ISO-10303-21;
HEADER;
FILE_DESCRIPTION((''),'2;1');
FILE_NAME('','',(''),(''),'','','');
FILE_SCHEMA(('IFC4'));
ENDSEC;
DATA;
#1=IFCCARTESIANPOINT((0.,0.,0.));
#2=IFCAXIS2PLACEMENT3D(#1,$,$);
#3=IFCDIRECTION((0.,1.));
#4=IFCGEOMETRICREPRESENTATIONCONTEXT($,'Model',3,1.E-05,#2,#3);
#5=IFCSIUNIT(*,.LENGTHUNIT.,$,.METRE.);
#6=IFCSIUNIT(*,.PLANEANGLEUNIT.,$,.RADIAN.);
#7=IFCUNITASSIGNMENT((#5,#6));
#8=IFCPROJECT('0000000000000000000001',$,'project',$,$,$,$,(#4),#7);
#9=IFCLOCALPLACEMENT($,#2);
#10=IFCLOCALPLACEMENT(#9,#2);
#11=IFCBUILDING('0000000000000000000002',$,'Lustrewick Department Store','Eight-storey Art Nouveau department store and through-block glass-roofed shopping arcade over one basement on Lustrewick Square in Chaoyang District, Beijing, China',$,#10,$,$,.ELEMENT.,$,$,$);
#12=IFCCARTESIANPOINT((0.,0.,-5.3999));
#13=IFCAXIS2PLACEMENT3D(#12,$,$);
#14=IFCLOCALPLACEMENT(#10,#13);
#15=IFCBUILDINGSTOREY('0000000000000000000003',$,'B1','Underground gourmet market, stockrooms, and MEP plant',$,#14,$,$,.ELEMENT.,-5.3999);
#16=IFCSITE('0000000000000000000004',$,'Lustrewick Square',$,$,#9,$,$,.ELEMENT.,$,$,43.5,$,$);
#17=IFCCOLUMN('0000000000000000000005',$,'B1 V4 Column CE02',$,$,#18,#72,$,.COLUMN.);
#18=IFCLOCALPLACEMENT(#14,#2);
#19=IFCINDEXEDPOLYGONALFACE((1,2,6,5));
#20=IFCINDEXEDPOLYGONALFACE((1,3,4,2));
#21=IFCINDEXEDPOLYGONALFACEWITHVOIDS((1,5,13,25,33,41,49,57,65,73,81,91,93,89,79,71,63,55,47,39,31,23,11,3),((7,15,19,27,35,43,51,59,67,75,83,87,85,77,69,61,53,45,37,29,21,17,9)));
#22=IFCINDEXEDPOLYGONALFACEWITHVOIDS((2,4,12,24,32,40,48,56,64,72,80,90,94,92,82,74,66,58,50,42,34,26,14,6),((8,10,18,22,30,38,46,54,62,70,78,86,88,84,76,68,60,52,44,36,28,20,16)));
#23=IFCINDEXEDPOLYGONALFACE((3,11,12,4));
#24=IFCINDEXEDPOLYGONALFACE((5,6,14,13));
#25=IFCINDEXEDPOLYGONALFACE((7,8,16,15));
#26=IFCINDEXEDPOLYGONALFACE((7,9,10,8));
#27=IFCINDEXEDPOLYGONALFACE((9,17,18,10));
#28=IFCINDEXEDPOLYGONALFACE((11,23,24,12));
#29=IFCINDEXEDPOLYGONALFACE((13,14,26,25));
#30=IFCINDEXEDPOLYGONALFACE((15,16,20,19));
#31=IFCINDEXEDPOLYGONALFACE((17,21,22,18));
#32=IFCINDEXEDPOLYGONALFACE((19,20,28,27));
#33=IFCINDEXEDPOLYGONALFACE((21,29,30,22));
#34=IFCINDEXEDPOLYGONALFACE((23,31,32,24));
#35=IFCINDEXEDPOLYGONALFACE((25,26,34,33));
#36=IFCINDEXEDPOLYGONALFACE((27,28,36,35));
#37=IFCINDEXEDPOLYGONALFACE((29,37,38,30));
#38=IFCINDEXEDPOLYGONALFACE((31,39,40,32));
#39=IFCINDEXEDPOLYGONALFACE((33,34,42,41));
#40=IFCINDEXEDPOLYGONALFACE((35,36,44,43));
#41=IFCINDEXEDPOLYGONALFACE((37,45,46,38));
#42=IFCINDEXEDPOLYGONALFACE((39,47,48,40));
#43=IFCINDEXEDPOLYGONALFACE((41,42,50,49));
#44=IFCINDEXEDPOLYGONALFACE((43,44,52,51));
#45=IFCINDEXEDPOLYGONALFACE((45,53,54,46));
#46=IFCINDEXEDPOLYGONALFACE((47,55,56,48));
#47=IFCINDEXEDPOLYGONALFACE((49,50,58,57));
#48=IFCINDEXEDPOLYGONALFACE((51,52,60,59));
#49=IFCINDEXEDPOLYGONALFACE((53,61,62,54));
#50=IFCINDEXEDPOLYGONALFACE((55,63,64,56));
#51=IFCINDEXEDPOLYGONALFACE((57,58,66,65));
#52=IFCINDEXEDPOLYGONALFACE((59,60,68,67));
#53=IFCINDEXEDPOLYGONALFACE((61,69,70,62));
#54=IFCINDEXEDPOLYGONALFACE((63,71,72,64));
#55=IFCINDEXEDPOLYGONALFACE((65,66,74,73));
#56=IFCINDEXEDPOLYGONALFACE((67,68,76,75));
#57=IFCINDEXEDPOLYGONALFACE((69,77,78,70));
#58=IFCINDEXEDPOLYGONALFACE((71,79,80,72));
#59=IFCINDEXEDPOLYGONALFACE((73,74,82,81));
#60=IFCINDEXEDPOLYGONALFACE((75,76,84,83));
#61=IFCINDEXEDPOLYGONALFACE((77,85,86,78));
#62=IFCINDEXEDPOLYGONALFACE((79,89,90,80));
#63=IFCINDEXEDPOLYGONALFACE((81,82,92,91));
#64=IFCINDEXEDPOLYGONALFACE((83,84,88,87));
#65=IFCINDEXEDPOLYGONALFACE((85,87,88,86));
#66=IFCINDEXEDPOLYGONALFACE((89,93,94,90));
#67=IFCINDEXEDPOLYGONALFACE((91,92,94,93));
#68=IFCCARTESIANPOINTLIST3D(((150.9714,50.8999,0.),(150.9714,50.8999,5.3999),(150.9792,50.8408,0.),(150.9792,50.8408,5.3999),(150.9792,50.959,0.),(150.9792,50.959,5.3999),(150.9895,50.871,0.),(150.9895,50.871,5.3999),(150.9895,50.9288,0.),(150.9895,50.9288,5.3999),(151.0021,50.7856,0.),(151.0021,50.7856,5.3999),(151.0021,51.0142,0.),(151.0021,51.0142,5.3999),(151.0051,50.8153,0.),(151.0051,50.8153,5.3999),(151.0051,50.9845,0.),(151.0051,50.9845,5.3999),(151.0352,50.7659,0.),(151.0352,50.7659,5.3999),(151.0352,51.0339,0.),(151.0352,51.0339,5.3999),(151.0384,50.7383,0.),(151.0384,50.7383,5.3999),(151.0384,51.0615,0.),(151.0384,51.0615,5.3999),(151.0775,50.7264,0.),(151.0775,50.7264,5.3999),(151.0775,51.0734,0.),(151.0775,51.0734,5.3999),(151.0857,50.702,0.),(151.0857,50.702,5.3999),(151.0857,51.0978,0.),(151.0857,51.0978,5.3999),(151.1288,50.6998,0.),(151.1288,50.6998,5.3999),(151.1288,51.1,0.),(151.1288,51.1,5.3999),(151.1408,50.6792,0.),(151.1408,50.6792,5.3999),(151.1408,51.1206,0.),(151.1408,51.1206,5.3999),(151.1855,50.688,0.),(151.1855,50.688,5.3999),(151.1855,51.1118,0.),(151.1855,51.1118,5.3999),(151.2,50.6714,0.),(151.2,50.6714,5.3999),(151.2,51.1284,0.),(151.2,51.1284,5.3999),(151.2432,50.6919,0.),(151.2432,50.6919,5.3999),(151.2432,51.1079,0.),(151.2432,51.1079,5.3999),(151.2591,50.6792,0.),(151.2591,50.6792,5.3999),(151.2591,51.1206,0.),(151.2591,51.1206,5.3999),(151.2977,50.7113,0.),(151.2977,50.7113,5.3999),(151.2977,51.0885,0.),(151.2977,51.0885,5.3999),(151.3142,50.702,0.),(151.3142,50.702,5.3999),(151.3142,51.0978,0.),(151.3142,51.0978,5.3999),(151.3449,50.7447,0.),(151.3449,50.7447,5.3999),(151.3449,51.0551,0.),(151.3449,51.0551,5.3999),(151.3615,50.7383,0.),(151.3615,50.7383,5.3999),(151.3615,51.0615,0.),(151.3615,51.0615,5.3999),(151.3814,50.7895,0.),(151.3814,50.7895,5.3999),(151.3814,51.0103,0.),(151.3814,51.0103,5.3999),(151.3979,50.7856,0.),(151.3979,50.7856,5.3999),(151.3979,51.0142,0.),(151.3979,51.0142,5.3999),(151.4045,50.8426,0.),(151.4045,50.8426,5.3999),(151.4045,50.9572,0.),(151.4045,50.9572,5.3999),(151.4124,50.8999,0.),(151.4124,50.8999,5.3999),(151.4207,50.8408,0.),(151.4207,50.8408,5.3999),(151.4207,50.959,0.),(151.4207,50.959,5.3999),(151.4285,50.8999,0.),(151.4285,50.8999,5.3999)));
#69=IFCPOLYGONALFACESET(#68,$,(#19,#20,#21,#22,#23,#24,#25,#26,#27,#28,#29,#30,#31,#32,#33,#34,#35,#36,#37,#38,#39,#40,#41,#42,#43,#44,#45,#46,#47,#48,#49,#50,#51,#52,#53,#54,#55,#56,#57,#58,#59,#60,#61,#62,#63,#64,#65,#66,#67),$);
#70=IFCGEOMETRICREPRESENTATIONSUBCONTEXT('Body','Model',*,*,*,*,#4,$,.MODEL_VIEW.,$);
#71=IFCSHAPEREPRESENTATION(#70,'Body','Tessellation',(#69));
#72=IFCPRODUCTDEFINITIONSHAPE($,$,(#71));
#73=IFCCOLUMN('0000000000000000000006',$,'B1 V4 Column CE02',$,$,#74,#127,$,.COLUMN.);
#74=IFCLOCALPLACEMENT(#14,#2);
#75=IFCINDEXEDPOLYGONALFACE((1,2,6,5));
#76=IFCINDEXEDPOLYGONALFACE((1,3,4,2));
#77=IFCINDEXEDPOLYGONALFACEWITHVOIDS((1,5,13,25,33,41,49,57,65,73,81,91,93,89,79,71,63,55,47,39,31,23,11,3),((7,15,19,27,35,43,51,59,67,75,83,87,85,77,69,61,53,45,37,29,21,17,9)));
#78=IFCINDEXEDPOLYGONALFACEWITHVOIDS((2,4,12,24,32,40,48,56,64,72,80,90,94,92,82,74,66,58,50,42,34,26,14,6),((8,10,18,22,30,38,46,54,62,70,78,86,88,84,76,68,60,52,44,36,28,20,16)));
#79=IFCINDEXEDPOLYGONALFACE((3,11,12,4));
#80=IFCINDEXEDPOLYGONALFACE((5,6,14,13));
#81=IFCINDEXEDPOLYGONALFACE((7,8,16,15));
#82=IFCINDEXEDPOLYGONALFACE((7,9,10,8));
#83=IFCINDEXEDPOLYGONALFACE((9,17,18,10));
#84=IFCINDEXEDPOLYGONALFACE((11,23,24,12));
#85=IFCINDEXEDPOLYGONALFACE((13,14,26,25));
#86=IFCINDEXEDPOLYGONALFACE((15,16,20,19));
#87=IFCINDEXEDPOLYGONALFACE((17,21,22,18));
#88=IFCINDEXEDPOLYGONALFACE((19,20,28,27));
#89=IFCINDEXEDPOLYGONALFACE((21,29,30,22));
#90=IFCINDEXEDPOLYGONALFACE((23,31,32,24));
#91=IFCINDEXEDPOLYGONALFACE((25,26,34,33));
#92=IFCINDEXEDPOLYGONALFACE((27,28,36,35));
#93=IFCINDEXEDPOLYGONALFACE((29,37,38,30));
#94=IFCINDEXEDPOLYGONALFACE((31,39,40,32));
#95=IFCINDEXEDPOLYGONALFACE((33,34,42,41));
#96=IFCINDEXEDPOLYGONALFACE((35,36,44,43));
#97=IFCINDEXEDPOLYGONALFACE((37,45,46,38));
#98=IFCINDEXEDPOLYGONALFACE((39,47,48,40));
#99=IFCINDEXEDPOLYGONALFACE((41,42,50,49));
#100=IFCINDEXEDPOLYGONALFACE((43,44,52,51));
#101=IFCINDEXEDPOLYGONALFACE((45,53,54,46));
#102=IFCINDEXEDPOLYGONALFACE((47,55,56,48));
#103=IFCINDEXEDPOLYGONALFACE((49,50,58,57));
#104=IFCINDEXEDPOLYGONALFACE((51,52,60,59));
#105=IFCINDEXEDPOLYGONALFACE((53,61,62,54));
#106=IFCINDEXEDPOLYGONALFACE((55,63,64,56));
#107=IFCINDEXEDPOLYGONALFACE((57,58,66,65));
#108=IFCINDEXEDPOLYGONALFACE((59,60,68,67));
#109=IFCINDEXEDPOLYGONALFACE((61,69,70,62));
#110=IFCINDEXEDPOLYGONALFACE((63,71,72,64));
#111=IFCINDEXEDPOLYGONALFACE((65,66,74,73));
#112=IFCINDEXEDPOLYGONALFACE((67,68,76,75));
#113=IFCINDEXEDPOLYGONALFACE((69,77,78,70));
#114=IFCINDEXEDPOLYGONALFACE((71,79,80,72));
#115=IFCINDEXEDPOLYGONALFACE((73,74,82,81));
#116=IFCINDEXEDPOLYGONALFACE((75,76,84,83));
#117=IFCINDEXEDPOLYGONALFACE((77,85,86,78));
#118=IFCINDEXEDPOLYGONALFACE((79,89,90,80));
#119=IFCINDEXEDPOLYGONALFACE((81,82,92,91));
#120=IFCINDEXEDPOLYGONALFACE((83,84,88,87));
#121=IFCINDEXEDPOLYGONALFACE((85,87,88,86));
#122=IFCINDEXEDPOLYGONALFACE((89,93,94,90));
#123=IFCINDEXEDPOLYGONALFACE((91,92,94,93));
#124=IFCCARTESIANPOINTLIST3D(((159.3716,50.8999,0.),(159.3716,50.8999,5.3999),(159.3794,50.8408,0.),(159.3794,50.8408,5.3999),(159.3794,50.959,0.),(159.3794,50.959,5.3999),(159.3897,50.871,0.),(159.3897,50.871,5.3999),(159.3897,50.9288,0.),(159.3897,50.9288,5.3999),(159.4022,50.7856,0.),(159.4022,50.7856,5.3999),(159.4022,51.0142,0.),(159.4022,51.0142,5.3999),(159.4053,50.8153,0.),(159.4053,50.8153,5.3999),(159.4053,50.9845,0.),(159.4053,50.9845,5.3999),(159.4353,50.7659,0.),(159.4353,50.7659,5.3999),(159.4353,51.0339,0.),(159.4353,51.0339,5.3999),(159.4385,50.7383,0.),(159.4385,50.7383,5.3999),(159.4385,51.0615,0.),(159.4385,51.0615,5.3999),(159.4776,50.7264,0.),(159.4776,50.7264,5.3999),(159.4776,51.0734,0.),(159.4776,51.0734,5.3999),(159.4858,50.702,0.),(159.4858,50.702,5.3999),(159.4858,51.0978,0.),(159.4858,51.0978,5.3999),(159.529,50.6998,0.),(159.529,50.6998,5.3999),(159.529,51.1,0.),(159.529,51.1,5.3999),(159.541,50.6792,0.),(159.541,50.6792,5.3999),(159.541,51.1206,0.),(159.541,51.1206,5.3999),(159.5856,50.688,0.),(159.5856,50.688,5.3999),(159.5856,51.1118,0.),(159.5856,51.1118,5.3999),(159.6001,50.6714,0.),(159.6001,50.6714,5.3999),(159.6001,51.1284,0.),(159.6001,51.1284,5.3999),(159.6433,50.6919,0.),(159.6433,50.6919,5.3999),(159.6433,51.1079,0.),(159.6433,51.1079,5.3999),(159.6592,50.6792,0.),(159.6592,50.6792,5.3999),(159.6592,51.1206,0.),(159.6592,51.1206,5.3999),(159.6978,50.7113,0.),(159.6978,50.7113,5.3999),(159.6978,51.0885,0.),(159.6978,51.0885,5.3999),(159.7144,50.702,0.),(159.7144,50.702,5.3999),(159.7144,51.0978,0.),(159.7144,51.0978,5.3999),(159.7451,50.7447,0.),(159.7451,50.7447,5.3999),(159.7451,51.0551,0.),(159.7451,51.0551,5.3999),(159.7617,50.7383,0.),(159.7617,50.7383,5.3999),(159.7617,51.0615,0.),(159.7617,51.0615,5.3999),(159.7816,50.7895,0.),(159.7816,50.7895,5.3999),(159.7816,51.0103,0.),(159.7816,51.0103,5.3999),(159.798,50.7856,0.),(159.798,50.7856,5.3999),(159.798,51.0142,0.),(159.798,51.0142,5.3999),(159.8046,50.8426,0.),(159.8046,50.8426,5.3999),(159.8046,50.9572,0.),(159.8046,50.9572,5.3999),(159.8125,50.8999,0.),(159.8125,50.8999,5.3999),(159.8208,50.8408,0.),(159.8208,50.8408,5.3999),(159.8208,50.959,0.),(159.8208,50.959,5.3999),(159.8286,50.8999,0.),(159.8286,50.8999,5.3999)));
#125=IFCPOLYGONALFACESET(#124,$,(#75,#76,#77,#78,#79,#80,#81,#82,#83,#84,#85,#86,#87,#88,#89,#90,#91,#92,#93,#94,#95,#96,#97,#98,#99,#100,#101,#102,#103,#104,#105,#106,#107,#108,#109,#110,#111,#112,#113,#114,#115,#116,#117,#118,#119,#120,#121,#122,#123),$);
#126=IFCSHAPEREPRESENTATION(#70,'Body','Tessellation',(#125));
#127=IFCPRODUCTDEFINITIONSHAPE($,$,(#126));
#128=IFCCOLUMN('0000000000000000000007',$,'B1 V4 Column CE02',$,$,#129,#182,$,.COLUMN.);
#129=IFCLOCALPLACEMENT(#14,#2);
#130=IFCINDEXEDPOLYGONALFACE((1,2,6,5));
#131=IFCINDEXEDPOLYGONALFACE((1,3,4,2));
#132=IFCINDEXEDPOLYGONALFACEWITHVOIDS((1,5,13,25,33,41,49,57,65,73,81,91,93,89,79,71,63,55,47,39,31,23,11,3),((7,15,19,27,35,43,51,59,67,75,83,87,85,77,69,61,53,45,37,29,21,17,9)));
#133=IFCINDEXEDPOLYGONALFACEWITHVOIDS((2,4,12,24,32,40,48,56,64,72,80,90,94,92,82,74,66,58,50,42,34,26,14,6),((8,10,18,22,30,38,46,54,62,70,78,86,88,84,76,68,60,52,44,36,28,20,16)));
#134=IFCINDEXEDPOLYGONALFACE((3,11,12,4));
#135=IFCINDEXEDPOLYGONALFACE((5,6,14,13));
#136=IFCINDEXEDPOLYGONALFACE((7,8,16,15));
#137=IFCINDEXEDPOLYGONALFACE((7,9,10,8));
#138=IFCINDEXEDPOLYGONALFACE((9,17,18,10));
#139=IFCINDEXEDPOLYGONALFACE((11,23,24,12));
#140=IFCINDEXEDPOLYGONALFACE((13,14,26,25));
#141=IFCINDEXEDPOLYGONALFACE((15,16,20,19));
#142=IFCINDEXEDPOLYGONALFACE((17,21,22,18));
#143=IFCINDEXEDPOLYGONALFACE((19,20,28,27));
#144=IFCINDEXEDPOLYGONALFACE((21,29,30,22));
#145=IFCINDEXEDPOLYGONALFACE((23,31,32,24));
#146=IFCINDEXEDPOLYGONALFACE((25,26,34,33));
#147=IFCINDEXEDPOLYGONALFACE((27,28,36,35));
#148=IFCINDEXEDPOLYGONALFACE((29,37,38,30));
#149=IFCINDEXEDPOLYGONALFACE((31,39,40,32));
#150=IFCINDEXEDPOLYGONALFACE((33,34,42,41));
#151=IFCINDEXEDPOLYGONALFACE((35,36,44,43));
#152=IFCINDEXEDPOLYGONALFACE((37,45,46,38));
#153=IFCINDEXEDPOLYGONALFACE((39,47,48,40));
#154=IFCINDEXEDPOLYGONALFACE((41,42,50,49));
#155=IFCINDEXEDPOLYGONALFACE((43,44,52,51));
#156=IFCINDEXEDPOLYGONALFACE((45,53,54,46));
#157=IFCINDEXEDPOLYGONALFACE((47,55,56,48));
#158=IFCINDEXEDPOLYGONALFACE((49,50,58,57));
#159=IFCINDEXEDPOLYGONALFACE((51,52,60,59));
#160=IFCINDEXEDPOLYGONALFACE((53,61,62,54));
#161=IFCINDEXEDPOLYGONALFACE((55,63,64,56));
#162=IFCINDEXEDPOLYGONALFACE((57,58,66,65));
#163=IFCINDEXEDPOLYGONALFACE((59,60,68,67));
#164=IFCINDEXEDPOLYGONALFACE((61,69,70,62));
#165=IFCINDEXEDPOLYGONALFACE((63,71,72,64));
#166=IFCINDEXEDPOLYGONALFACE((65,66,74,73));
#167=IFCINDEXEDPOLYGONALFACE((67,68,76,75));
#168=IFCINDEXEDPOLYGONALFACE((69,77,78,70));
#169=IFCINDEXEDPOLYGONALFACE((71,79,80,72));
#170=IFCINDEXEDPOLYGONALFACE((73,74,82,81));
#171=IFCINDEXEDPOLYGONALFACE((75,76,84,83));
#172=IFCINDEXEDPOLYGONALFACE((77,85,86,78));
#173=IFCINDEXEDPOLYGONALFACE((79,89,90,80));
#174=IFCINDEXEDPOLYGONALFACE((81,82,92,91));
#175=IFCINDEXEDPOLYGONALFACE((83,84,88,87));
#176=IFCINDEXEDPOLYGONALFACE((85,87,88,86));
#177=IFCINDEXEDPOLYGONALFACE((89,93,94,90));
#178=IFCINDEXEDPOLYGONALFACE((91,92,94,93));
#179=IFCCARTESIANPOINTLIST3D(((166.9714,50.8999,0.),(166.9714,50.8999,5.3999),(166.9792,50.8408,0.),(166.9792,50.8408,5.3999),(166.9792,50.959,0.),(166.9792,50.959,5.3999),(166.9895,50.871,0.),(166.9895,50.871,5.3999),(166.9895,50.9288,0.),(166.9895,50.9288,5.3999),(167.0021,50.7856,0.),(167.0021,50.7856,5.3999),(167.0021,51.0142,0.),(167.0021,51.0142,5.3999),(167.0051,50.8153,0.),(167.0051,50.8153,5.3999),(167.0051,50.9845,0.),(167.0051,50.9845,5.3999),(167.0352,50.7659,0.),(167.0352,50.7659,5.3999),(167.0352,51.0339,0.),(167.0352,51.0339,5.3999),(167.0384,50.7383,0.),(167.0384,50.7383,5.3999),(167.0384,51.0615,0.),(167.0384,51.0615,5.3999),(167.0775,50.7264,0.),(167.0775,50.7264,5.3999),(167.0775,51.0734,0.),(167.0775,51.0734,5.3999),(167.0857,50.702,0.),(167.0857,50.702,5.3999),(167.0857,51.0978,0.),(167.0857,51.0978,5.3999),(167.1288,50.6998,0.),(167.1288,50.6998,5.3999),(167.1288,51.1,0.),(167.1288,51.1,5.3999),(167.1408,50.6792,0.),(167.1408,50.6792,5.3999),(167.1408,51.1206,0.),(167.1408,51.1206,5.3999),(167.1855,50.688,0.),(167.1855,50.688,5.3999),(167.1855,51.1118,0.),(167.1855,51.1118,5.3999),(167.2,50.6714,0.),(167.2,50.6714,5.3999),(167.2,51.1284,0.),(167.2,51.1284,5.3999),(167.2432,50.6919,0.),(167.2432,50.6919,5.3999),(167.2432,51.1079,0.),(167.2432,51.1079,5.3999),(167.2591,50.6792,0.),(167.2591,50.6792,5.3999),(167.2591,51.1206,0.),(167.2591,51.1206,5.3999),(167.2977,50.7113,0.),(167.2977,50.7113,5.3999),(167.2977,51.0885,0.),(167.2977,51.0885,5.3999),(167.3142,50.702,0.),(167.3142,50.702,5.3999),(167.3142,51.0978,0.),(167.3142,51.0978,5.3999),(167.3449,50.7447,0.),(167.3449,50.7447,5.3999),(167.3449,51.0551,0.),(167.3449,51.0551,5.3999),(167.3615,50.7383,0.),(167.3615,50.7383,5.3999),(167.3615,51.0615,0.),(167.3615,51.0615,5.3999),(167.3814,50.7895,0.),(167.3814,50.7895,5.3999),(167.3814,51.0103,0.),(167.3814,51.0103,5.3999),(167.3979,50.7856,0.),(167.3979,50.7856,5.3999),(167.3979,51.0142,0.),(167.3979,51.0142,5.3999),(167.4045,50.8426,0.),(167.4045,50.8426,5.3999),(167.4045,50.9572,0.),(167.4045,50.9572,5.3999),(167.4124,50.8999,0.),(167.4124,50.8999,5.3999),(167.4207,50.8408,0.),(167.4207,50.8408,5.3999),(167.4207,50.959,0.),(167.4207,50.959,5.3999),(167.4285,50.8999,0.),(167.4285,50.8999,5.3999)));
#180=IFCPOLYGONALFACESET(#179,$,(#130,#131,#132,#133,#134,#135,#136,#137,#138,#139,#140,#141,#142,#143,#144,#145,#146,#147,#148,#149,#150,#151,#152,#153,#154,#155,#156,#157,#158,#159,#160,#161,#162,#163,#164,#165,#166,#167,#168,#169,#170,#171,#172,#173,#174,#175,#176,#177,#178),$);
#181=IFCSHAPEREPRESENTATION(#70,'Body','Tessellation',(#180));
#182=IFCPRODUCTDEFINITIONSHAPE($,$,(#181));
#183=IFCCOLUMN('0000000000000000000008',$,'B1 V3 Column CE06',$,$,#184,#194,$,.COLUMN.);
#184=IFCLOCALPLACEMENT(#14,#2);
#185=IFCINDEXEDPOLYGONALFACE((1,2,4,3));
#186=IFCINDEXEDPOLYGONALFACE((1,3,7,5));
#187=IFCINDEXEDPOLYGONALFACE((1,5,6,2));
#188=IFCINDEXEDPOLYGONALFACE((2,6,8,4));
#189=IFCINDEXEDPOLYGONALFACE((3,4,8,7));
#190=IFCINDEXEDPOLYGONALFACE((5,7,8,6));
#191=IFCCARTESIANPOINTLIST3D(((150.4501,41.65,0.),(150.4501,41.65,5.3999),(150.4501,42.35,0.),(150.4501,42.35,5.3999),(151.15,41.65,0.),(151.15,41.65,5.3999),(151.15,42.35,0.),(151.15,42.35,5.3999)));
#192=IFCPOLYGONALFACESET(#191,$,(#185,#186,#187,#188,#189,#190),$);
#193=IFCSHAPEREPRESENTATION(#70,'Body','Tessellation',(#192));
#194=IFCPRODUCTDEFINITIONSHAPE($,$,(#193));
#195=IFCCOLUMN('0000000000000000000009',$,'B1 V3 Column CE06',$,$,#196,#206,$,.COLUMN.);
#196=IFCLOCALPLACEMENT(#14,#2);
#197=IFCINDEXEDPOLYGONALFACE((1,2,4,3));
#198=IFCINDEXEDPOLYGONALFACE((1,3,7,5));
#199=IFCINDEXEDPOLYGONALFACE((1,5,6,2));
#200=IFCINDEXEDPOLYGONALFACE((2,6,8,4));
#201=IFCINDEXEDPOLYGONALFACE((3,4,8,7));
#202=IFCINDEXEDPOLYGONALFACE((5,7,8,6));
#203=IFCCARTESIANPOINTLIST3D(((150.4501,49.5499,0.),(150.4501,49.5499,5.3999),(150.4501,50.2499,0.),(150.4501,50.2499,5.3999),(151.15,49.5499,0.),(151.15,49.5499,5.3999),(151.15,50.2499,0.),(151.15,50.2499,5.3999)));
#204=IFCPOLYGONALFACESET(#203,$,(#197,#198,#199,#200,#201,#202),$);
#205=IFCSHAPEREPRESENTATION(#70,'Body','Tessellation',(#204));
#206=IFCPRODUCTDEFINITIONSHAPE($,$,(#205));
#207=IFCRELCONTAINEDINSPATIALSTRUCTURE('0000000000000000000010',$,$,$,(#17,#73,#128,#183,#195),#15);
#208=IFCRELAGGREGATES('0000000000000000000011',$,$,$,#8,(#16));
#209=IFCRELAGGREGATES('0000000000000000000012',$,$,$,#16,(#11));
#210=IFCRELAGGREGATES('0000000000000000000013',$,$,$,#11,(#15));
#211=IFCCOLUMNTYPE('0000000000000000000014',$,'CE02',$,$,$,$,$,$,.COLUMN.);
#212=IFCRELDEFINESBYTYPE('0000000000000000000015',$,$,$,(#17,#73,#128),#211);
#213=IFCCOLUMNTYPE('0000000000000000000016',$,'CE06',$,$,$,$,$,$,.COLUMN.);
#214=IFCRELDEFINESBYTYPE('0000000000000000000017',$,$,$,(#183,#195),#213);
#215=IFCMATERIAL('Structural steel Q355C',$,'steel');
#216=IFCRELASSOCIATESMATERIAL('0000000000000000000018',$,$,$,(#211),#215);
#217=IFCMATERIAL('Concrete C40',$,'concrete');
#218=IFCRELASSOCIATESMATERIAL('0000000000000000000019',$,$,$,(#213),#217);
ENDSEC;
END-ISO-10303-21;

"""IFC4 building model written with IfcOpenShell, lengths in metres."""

from ifc_helpers import new_model, si_unit, direction, frame, origin, origin_2d, place, context, subcontext, project, spatial, rectangle, hollow_circle, extrude, material, material_profile, profile_set, type_object, element, save


model = new_model("IFC4")

# Units and contexts
model_context = context("Model", 3, precision=1e-05, world=origin(), true_north=direction((0.0, 1.0)))
body_context = subcontext(model_context, "Body", "Model", "MODEL_VIEW")
ifc_project = project(units=[si_unit("LENGTHUNIT", "METRE"), si_unit("PLANEANGLEUNIT", "RADIAN")], contexts=[model_context])

# Site, building, storey
site_placement = place(None, origin())
site = spatial("IfcSite", under=ifc_project, at=site_placement, Name="Lustrewick Square", CompositionType="ELEMENT", RefElevation=43.5)
building_placement = place(site_placement, origin())
building = spatial("IfcBuilding", under=site, at=building_placement, Name="Lustrewick Department Store", Description="Eight-storey Art Nouveau department store and through-block glass-roofed shopping arcade over one basement on Lustrewick Square in Chaoyang District, Beijing, China", CompositionType="ELEMENT")
storey_placement = place(building_placement, frame((0.0, 0.0, -5.3999)))
storey = spatial("IfcBuildingStorey", under=building, at=storey_placement, Name="B1", Description="Underground gourmet market, stockrooms, and MEP plant", CompositionType="ELEMENT", Elevation=-5.3999)

# Shared definitions
ifc_material_1 = material(Name="Concrete C40", Category="concrete")

# Columns
ifc_material_2 = material(Name="Structural steel Q355C", Category="steel")
ifc_material_profile_1 = material_profile(ifc_material_2, hollow_circle(Radius=0.2285, WallThickness=0.0161, at=origin_2d()), Name="CHS 457x16")
ifc_profile_set_1 = profile_set([ifc_material_profile_1], Name="Structural steel Q355C")
column_type_1 = type_object("IfcColumnType", Name="CE02", PredefinedType="COLUMN", material=ifc_profile_set_1)
for number, where, z_axis, x_axis, name in (
    (1, (151.2, 50.8999, 0.0), (0.0, 0.0, 1.0), (1.0, 0.0, 0.0), "B1 V4 Column CE02"),
    (2, (159.6001, 50.8999, 0.0), (0.0, 0.0, 1.0), (1.0, 0.0, 0.0), "B1 V4 Column CE02"),
    (3, (167.2, 50.8999, 0.0), (0.0, 0.0, 1.0), (1.0, 0.0, 0.0), "B1 V4 Column CE02"),
):
    element("IfcColumn", number, at=place(storey_placement, frame(where, z_axis=z_axis, x_axis=x_axis)), inside=storey, type_object=column_type_1, Name=name, PredefinedType="COLUMN", context=body_context, shape_type="SweptSolid", body=[
        extrude(hollow_circle(Radius=0.2285, WallThickness=0.0161, at=origin_2d()), origin(), (0.0, 0.0, 1.0), 5.3999),
    ])
ifc_material_profile_2 = material_profile(ifc_material_1, rectangle(XDim=0.7, YDim=0.7, at=origin_2d()), Name="RC 700x700")
ifc_profile_set_2 = profile_set([ifc_material_profile_2], Name="Concrete C40")
column_type_2 = type_object("IfcColumnType", Name="CE06", PredefinedType="COLUMN", material=ifc_profile_set_2)
for number, where, z_axis, x_axis, name in (
    (4, (150.8, 42.0, 0.0), (0.0, 0.0, 1.0), (1.0, 0.0, 0.0), "B1 V3 Column CE06"),
    (5, (150.8, 49.8999, 0.0), (0.0, 0.0, 1.0), (1.0, 0.0, 0.0), "B1 V3 Column CE06"),
):
    element("IfcColumn", number, at=place(storey_placement, frame(where, z_axis=z_axis, x_axis=x_axis)), inside=storey, type_object=column_type_2, Name=name, PredefinedType="COLUMN", context=body_context, shape_type="SweptSolid", body=[
        extrude(rectangle(XDim=0.7, YDim=0.7, at=origin_2d()), origin(), (0.0, 0.0, 1.0), 5.3999),
    ])

save(model, "model.ifc")
